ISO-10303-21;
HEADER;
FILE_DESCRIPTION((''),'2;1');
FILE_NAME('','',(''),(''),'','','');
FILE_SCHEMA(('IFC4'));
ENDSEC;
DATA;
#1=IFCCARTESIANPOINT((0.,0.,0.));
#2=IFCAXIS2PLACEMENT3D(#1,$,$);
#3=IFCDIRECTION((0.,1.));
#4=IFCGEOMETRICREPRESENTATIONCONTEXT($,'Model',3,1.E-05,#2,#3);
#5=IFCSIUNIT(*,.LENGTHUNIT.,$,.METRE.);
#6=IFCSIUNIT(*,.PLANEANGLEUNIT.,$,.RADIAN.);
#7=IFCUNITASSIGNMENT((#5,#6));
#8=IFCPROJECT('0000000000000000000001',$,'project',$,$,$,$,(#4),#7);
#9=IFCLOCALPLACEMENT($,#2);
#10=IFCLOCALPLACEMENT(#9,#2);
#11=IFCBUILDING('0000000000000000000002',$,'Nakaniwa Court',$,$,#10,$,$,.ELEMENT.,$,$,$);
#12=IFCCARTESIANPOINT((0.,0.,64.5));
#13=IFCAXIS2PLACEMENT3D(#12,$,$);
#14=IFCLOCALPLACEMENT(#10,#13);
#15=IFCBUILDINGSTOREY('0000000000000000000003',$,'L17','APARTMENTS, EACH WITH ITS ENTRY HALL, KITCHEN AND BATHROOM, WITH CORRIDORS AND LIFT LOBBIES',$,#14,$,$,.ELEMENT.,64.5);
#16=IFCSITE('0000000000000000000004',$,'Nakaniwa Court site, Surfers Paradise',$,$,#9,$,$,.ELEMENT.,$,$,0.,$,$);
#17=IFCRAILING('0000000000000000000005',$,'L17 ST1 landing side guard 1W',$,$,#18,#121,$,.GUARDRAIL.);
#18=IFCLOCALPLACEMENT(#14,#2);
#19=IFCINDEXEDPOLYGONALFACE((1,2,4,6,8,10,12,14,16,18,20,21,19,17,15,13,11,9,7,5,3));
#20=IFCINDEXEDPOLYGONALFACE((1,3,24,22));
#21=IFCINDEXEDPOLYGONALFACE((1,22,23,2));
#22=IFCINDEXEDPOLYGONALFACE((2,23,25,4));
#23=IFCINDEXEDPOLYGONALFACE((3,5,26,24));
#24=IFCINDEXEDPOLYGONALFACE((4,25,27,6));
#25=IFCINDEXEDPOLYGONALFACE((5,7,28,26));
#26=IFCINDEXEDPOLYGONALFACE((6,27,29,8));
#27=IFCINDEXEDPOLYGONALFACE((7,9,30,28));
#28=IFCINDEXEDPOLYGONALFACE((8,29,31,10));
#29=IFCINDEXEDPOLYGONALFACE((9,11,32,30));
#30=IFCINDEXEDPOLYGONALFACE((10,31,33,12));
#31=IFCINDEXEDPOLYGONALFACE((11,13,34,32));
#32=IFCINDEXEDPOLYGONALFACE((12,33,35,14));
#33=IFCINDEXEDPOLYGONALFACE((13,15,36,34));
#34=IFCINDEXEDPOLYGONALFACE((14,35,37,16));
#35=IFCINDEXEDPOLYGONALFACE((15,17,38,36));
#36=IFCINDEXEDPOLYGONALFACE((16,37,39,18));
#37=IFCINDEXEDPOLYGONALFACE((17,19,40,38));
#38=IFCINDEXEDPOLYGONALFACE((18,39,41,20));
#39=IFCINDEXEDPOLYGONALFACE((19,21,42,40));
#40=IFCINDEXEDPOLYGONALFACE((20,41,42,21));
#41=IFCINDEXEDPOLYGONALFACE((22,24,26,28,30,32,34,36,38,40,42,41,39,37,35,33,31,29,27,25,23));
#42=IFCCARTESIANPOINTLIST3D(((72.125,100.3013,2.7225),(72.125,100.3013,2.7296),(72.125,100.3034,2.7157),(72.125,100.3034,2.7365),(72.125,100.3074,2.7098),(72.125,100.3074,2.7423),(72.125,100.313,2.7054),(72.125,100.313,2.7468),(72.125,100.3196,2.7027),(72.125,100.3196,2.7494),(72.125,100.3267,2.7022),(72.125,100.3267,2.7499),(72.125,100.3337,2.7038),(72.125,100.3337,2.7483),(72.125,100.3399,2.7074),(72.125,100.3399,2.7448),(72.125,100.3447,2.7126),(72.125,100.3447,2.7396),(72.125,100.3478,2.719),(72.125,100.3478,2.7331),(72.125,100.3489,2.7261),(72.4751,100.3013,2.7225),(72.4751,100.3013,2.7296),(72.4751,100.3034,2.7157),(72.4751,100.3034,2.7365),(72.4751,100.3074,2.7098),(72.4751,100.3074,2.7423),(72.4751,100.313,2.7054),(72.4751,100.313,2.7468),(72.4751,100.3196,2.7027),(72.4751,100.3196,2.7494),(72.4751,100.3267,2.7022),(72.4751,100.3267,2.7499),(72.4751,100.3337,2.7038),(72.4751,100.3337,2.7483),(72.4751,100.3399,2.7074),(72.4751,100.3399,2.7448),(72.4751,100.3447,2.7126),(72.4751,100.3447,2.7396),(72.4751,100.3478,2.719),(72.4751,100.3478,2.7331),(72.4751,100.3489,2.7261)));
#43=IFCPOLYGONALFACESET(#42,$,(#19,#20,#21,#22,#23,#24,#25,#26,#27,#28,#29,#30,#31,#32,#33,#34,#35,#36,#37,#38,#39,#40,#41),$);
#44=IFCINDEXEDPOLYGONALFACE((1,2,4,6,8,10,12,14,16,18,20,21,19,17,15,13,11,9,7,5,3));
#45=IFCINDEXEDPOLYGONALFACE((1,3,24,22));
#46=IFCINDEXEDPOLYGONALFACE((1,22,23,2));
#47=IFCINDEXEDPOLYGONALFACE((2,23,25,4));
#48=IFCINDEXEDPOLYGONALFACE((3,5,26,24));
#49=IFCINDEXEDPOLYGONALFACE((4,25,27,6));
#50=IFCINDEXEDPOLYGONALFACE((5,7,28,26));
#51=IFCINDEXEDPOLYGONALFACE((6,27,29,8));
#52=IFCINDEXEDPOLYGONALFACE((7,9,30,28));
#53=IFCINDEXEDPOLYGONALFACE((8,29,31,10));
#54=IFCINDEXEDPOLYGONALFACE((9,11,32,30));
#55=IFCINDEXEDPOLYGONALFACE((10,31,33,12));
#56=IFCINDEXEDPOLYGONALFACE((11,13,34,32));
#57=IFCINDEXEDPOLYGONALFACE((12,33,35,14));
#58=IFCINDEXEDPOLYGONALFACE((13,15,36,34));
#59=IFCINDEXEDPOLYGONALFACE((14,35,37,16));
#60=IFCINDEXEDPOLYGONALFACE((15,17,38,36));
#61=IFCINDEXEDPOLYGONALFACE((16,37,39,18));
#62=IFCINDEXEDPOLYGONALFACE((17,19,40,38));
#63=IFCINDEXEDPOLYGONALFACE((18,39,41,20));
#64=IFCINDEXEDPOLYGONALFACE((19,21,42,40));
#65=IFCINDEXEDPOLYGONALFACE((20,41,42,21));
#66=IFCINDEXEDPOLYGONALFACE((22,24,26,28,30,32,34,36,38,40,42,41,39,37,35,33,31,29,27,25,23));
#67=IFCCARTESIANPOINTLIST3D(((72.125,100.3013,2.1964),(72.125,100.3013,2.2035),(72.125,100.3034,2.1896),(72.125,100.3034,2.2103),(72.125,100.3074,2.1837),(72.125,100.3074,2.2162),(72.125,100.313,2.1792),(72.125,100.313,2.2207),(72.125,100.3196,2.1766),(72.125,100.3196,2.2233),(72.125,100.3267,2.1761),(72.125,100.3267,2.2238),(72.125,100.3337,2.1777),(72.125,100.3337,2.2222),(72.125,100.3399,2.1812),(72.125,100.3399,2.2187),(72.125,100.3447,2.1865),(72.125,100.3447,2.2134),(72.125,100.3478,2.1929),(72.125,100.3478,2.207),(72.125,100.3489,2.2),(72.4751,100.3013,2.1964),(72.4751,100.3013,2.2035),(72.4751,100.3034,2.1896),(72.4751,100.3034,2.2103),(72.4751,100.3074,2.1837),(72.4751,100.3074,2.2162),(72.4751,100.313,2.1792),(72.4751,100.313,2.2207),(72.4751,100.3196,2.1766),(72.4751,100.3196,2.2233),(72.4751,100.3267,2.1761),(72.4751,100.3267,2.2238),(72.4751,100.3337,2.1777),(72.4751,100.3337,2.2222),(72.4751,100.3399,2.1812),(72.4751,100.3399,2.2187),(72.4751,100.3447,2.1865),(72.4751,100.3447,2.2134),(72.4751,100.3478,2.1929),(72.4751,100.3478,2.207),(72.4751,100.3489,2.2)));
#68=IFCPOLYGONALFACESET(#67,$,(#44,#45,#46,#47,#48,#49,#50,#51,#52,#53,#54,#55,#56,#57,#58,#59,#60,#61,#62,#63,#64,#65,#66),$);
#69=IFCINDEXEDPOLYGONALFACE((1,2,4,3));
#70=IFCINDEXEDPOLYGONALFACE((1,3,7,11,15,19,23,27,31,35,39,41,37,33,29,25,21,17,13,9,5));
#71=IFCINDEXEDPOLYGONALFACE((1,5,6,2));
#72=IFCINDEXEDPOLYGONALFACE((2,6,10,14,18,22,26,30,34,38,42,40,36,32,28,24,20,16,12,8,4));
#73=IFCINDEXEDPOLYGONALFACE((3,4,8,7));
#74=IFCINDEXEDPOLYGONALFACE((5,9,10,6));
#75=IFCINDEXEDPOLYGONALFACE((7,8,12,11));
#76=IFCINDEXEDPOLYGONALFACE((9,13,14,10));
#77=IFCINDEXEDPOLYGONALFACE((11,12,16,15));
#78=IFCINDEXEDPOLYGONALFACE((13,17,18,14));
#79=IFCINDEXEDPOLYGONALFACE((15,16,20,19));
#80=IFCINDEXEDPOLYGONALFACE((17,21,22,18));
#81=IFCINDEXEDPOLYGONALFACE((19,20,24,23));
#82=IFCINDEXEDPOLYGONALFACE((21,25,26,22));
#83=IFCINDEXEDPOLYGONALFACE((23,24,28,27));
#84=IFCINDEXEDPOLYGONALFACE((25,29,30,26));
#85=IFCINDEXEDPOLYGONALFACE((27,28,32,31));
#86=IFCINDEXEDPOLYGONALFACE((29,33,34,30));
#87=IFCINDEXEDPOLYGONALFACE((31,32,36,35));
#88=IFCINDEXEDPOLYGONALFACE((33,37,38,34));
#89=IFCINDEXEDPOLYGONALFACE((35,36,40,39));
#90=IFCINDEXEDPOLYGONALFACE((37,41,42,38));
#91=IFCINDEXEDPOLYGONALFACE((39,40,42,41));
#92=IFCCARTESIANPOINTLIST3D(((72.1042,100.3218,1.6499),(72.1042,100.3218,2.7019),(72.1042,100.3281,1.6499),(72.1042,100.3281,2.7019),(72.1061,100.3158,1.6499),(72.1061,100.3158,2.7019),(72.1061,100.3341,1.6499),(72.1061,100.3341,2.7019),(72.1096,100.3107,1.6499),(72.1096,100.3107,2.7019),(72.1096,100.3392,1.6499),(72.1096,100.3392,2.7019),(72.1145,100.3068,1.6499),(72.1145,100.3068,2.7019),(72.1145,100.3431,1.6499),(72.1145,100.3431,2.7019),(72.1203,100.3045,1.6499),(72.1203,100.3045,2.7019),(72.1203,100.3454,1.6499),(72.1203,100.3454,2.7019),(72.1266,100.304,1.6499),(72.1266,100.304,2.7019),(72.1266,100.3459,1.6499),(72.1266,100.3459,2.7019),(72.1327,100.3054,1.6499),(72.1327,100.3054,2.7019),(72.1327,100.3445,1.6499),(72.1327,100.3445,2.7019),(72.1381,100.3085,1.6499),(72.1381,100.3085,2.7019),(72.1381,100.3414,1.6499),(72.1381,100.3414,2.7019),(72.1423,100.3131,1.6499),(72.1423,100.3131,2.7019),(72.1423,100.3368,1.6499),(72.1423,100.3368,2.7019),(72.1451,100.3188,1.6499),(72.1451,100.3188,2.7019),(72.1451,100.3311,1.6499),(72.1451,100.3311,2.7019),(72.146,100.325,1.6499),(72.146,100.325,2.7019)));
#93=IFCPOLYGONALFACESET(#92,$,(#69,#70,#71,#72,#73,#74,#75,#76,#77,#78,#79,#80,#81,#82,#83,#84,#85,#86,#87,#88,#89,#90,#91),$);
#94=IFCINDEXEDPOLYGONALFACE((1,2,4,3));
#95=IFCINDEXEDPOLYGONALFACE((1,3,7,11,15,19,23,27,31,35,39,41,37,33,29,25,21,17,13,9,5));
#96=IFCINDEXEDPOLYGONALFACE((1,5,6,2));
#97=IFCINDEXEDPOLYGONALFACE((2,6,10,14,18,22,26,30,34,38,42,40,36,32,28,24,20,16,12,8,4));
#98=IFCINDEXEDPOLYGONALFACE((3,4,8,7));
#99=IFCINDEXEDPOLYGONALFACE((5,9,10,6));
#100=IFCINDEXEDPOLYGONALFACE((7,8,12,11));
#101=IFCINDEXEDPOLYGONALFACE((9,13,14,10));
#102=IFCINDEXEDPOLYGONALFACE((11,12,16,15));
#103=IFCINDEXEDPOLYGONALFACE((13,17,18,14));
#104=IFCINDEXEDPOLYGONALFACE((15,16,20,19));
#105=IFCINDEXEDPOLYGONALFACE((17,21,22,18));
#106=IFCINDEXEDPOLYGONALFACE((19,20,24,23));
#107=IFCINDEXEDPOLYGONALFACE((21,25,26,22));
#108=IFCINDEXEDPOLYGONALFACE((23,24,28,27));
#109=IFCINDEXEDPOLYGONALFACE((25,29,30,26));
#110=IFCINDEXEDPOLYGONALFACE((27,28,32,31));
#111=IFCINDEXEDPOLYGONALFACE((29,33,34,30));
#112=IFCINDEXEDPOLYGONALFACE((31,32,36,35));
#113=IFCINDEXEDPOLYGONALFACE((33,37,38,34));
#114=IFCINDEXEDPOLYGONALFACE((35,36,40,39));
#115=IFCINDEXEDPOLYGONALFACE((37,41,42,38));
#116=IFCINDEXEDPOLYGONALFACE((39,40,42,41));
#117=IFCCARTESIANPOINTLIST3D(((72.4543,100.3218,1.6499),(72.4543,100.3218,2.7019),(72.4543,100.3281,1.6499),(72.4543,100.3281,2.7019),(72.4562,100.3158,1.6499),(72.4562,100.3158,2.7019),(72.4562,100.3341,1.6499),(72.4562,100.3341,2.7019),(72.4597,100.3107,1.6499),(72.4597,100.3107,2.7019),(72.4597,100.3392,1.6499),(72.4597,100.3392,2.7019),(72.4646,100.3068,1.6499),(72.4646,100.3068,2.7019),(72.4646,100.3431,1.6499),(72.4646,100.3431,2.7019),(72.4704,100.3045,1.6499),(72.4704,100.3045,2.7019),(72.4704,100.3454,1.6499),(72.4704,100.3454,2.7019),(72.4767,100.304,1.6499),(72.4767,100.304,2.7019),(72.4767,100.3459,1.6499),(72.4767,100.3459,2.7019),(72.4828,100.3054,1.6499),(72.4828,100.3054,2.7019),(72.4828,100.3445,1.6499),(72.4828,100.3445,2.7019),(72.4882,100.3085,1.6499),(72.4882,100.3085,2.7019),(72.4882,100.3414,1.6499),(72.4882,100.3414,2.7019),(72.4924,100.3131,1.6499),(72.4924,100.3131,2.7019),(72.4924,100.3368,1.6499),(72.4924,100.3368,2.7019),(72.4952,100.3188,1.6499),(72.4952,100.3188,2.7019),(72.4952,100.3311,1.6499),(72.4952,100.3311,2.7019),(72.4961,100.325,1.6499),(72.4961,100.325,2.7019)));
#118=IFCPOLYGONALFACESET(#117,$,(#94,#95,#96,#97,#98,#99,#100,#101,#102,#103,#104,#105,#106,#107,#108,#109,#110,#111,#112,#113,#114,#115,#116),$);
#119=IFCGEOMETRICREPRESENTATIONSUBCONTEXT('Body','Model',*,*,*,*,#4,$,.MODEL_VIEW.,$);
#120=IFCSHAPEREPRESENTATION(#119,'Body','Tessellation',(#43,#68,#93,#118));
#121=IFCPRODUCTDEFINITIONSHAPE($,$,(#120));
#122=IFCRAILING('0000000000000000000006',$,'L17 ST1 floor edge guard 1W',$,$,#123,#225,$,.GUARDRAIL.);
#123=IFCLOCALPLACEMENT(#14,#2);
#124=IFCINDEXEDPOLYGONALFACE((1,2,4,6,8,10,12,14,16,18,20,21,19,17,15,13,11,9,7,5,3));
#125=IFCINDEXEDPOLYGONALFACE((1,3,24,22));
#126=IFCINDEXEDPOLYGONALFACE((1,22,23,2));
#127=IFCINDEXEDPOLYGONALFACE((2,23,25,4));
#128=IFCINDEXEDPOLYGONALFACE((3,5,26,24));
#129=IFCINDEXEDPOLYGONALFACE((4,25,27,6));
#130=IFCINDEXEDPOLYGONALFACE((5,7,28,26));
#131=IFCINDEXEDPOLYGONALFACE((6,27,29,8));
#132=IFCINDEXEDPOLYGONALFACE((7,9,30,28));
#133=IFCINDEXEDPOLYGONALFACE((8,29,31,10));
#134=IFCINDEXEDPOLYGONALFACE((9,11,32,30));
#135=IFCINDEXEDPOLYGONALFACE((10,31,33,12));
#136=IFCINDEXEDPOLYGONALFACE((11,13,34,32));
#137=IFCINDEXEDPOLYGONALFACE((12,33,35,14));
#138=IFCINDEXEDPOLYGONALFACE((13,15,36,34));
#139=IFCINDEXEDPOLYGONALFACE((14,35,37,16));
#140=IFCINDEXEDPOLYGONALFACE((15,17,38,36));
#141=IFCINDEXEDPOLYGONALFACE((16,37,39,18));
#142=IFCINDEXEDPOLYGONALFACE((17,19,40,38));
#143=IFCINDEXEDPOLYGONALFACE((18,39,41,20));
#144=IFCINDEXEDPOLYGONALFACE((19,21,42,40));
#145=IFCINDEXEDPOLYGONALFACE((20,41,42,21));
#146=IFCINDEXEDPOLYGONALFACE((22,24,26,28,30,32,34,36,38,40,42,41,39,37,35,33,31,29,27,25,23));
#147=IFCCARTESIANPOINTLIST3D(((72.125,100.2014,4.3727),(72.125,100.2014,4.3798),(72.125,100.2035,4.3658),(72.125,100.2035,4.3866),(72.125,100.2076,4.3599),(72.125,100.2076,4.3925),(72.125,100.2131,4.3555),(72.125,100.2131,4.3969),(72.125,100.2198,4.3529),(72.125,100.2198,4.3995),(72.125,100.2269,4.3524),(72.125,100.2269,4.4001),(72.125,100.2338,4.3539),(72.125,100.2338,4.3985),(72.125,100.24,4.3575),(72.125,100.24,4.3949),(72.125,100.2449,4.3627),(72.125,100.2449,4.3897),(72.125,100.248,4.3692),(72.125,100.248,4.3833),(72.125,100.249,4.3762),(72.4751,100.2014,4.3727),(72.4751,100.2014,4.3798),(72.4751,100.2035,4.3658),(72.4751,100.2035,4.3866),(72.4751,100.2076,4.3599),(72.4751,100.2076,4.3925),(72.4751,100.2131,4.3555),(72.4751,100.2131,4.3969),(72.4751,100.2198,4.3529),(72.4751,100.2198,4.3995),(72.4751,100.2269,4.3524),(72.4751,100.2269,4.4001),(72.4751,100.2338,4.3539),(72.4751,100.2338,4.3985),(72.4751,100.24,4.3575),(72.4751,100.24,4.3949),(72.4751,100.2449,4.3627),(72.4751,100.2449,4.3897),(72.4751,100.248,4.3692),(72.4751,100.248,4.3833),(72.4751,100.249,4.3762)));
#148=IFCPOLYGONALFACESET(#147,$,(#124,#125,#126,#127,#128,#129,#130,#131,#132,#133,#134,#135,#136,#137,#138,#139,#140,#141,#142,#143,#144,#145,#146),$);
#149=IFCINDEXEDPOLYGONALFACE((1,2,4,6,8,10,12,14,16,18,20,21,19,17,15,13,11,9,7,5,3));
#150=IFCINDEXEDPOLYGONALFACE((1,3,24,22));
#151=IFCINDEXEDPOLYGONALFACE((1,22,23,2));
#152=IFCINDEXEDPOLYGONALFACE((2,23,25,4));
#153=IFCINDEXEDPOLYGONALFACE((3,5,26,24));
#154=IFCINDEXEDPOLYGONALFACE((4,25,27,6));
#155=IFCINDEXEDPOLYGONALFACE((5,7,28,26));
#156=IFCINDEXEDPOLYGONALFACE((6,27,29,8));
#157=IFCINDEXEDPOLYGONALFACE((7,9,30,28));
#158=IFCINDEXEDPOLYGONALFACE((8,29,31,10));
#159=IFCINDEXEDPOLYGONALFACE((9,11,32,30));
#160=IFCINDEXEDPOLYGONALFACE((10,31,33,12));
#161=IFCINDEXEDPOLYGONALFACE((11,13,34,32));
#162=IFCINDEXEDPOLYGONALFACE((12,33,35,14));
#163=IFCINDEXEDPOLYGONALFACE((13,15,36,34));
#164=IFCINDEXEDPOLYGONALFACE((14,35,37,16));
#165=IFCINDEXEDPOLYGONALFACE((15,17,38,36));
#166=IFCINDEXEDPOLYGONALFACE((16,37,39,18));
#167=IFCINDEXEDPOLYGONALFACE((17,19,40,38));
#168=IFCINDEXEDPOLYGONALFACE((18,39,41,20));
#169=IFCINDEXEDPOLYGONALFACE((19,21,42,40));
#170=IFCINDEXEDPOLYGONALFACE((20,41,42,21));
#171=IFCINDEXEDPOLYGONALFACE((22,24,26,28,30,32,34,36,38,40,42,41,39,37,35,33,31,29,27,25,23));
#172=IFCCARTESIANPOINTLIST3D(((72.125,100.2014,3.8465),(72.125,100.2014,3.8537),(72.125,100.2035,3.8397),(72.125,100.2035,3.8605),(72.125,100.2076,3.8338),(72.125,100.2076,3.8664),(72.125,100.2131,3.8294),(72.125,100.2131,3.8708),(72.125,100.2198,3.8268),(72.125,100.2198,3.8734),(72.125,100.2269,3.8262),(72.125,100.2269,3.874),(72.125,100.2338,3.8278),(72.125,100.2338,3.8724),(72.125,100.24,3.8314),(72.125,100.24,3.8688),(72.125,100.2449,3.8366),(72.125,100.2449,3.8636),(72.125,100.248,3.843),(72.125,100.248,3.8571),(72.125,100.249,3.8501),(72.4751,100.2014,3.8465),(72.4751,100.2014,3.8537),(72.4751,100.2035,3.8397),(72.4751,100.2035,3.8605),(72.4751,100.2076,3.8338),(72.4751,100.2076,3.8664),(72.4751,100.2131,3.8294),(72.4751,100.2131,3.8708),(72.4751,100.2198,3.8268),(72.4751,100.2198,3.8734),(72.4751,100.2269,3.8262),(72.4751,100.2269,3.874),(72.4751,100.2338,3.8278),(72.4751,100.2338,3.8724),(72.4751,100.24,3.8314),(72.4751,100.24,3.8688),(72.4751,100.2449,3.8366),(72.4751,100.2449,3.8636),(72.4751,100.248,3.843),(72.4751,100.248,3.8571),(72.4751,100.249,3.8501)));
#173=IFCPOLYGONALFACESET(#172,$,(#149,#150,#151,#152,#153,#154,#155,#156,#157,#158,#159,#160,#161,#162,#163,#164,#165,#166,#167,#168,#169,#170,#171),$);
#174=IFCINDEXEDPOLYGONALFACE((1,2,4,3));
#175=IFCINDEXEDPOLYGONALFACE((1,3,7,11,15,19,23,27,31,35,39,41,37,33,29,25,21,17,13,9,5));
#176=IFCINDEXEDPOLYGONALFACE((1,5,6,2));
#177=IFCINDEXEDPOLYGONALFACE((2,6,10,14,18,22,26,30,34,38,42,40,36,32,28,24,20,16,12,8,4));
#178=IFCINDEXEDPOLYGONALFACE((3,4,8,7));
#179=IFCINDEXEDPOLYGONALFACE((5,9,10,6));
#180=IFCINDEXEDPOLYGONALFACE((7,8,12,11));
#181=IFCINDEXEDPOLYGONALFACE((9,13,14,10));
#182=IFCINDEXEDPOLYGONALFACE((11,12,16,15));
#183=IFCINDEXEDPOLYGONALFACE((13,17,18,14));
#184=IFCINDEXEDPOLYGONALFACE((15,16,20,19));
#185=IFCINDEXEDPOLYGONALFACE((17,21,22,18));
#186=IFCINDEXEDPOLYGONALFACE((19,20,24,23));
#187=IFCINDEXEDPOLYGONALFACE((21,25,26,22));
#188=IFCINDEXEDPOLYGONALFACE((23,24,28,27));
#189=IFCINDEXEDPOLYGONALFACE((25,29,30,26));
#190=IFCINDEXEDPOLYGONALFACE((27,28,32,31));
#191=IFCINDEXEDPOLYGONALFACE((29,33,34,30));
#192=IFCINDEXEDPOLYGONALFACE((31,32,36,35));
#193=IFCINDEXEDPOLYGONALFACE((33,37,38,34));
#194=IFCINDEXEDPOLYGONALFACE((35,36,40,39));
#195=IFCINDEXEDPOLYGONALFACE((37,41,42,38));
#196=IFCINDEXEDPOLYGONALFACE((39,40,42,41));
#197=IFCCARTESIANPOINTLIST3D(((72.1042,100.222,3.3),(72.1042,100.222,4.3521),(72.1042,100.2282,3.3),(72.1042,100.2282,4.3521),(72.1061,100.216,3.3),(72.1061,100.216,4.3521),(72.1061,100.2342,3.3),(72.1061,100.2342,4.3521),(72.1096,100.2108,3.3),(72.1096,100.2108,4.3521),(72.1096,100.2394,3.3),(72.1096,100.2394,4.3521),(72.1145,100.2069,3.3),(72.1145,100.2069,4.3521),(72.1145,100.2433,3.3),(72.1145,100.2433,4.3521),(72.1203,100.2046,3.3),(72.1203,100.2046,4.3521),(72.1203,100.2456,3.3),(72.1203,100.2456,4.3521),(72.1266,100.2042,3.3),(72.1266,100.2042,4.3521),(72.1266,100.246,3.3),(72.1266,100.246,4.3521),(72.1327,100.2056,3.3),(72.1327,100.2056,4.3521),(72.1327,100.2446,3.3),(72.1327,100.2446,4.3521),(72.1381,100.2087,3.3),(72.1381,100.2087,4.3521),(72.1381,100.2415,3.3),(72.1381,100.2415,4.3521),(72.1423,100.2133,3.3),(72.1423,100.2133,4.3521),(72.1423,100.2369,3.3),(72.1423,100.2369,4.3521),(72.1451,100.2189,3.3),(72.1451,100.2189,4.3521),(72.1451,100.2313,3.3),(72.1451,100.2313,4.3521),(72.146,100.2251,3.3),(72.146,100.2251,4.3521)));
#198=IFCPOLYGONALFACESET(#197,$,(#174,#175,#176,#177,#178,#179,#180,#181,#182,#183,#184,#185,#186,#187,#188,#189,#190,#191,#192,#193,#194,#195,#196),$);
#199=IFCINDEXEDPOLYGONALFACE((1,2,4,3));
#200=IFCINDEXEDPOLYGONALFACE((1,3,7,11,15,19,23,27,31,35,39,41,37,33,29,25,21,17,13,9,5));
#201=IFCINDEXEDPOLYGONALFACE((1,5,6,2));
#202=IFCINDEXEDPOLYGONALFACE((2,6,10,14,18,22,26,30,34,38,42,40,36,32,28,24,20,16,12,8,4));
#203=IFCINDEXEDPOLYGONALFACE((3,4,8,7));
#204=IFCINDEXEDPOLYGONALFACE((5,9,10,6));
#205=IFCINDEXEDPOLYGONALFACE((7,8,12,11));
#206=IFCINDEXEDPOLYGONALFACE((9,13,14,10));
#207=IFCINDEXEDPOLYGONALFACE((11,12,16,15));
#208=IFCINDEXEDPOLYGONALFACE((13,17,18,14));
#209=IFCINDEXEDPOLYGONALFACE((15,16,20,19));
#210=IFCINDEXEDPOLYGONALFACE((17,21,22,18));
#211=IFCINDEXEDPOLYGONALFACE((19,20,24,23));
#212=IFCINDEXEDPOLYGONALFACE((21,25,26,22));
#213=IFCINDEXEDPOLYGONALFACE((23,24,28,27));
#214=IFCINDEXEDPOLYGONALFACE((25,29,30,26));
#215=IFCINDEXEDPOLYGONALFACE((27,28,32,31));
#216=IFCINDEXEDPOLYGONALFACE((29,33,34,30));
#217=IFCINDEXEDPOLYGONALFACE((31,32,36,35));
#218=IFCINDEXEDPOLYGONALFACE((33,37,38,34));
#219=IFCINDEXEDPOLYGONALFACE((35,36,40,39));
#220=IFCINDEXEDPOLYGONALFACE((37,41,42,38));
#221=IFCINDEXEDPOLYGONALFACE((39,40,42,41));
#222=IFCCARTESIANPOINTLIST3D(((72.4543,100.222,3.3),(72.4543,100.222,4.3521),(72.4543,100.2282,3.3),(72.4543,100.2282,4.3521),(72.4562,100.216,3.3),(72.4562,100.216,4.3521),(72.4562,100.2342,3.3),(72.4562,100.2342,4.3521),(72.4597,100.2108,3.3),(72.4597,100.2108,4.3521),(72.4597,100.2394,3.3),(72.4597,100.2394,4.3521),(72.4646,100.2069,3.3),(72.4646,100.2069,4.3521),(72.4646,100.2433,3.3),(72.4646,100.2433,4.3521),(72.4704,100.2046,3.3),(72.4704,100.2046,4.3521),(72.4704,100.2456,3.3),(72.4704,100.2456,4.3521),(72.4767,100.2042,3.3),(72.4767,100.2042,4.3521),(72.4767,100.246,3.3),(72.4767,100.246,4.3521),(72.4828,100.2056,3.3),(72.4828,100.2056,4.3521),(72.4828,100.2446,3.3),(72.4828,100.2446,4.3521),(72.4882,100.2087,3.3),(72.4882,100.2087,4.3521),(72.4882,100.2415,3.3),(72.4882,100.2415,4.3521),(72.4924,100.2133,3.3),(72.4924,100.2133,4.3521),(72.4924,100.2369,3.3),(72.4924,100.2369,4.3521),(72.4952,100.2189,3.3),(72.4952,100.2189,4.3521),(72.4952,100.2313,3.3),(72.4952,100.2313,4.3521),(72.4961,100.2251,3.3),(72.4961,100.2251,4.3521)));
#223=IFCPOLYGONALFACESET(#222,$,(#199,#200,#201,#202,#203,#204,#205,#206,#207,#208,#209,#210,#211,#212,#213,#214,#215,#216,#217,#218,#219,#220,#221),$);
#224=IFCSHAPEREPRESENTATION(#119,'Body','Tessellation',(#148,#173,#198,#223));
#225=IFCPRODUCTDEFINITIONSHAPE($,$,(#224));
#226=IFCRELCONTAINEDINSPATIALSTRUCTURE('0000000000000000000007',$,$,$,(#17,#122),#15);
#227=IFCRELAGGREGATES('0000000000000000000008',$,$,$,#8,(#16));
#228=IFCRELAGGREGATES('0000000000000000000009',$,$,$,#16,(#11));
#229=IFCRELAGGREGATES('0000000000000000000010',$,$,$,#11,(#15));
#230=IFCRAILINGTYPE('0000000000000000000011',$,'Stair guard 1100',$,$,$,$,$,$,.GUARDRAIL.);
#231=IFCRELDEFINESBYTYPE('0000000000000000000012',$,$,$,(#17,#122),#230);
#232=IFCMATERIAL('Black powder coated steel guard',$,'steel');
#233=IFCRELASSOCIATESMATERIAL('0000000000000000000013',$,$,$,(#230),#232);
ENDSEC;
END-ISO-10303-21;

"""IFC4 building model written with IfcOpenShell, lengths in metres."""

from ifc_helpers import new_model, si_unit, direction, frame, origin, origin_2d, place, context, subcontext, project, spatial, circle, extrude, material, type_object, element, save


model = new_model("IFC4")

# Units and contexts
model_context = context("Model", 3, precision=1e-05, world=origin(), true_north=direction((0.0, 1.0)))
body_context = subcontext(model_context, "Body", "Model", "MODEL_VIEW")
ifc_project = project(units=[si_unit("LENGTHUNIT", "METRE"), si_unit("PLANEANGLEUNIT", "RADIAN")], contexts=[model_context])

# Site, building, storey
site_placement = place(None, origin())
site = spatial("IfcSite", under=ifc_project, at=site_placement, Name="Nakaniwa Court site, Surfers Paradise", CompositionType="ELEMENT", RefElevation=0.0)
building_placement = place(site_placement, origin())
building = spatial("IfcBuilding", under=site, at=building_placement, Name="Nakaniwa Court", CompositionType="ELEMENT")
storey_placement = place(building_placement, frame((0.0, 0.0, 64.5)))
storey = spatial("IfcBuildingStorey", under=building, at=storey_placement, Name="L17", Description="APARTMENTS, EACH WITH ITS ENTRY HALL, KITCHEN AND BATHROOM, WITH CORRIDORS AND LIFT LOBBIES", CompositionType="ELEMENT", Elevation=64.5)

# Railings
ifc_material_1 = material(Name="Black powder coated steel guard", Category="steel")
railing_type_1 = type_object("IfcRailingType", Name="Stair guard 1100", PredefinedType="GUARDRAIL", material=ifc_material_1)
for number, where, name in (
    (1, (72.125, 100.325, 1.6499), "L17 ST1 landing side guard 1W"),
    (2, (72.125, 100.2251, 3.3), "L17 ST1 floor edge guard 1W"),
):
    element("IfcRailing", number, at=place(storey_placement, frame(where)), inside=storey, type_object=railing_type_1, Name=name, PredefinedType="GUARDRAIL", context=body_context, shape_type="SweptSolid", body=[
        extrude(circle(Radius=0.0239, at=origin_2d()), frame((0.0, 0.0, 1.0762), z_axis=(1.0, 0.0, 0.0), x_axis=(0.0, 1.0, 0.0)), (0.0, 0.0, 1.0), 0.3501),
        extrude(circle(Radius=0.0239, at=origin_2d()), frame((0.0, 0.0, 0.55), z_axis=(1.0, 0.0, 0.0), x_axis=(0.0, 1.0, 0.0)), (0.0, 0.0, 1.0), 0.3501),
        extrude(circle(Radius=0.021, at=origin_2d()), origin(), (0.0, 0.0, 1.0), 1.052),
        extrude(circle(Radius=0.021, at=origin_2d()), frame((0.3501, 0.0, 0.0)), (0.0, 0.0, 1.0), 1.052),
    ])

save(model, "model.ifc")
